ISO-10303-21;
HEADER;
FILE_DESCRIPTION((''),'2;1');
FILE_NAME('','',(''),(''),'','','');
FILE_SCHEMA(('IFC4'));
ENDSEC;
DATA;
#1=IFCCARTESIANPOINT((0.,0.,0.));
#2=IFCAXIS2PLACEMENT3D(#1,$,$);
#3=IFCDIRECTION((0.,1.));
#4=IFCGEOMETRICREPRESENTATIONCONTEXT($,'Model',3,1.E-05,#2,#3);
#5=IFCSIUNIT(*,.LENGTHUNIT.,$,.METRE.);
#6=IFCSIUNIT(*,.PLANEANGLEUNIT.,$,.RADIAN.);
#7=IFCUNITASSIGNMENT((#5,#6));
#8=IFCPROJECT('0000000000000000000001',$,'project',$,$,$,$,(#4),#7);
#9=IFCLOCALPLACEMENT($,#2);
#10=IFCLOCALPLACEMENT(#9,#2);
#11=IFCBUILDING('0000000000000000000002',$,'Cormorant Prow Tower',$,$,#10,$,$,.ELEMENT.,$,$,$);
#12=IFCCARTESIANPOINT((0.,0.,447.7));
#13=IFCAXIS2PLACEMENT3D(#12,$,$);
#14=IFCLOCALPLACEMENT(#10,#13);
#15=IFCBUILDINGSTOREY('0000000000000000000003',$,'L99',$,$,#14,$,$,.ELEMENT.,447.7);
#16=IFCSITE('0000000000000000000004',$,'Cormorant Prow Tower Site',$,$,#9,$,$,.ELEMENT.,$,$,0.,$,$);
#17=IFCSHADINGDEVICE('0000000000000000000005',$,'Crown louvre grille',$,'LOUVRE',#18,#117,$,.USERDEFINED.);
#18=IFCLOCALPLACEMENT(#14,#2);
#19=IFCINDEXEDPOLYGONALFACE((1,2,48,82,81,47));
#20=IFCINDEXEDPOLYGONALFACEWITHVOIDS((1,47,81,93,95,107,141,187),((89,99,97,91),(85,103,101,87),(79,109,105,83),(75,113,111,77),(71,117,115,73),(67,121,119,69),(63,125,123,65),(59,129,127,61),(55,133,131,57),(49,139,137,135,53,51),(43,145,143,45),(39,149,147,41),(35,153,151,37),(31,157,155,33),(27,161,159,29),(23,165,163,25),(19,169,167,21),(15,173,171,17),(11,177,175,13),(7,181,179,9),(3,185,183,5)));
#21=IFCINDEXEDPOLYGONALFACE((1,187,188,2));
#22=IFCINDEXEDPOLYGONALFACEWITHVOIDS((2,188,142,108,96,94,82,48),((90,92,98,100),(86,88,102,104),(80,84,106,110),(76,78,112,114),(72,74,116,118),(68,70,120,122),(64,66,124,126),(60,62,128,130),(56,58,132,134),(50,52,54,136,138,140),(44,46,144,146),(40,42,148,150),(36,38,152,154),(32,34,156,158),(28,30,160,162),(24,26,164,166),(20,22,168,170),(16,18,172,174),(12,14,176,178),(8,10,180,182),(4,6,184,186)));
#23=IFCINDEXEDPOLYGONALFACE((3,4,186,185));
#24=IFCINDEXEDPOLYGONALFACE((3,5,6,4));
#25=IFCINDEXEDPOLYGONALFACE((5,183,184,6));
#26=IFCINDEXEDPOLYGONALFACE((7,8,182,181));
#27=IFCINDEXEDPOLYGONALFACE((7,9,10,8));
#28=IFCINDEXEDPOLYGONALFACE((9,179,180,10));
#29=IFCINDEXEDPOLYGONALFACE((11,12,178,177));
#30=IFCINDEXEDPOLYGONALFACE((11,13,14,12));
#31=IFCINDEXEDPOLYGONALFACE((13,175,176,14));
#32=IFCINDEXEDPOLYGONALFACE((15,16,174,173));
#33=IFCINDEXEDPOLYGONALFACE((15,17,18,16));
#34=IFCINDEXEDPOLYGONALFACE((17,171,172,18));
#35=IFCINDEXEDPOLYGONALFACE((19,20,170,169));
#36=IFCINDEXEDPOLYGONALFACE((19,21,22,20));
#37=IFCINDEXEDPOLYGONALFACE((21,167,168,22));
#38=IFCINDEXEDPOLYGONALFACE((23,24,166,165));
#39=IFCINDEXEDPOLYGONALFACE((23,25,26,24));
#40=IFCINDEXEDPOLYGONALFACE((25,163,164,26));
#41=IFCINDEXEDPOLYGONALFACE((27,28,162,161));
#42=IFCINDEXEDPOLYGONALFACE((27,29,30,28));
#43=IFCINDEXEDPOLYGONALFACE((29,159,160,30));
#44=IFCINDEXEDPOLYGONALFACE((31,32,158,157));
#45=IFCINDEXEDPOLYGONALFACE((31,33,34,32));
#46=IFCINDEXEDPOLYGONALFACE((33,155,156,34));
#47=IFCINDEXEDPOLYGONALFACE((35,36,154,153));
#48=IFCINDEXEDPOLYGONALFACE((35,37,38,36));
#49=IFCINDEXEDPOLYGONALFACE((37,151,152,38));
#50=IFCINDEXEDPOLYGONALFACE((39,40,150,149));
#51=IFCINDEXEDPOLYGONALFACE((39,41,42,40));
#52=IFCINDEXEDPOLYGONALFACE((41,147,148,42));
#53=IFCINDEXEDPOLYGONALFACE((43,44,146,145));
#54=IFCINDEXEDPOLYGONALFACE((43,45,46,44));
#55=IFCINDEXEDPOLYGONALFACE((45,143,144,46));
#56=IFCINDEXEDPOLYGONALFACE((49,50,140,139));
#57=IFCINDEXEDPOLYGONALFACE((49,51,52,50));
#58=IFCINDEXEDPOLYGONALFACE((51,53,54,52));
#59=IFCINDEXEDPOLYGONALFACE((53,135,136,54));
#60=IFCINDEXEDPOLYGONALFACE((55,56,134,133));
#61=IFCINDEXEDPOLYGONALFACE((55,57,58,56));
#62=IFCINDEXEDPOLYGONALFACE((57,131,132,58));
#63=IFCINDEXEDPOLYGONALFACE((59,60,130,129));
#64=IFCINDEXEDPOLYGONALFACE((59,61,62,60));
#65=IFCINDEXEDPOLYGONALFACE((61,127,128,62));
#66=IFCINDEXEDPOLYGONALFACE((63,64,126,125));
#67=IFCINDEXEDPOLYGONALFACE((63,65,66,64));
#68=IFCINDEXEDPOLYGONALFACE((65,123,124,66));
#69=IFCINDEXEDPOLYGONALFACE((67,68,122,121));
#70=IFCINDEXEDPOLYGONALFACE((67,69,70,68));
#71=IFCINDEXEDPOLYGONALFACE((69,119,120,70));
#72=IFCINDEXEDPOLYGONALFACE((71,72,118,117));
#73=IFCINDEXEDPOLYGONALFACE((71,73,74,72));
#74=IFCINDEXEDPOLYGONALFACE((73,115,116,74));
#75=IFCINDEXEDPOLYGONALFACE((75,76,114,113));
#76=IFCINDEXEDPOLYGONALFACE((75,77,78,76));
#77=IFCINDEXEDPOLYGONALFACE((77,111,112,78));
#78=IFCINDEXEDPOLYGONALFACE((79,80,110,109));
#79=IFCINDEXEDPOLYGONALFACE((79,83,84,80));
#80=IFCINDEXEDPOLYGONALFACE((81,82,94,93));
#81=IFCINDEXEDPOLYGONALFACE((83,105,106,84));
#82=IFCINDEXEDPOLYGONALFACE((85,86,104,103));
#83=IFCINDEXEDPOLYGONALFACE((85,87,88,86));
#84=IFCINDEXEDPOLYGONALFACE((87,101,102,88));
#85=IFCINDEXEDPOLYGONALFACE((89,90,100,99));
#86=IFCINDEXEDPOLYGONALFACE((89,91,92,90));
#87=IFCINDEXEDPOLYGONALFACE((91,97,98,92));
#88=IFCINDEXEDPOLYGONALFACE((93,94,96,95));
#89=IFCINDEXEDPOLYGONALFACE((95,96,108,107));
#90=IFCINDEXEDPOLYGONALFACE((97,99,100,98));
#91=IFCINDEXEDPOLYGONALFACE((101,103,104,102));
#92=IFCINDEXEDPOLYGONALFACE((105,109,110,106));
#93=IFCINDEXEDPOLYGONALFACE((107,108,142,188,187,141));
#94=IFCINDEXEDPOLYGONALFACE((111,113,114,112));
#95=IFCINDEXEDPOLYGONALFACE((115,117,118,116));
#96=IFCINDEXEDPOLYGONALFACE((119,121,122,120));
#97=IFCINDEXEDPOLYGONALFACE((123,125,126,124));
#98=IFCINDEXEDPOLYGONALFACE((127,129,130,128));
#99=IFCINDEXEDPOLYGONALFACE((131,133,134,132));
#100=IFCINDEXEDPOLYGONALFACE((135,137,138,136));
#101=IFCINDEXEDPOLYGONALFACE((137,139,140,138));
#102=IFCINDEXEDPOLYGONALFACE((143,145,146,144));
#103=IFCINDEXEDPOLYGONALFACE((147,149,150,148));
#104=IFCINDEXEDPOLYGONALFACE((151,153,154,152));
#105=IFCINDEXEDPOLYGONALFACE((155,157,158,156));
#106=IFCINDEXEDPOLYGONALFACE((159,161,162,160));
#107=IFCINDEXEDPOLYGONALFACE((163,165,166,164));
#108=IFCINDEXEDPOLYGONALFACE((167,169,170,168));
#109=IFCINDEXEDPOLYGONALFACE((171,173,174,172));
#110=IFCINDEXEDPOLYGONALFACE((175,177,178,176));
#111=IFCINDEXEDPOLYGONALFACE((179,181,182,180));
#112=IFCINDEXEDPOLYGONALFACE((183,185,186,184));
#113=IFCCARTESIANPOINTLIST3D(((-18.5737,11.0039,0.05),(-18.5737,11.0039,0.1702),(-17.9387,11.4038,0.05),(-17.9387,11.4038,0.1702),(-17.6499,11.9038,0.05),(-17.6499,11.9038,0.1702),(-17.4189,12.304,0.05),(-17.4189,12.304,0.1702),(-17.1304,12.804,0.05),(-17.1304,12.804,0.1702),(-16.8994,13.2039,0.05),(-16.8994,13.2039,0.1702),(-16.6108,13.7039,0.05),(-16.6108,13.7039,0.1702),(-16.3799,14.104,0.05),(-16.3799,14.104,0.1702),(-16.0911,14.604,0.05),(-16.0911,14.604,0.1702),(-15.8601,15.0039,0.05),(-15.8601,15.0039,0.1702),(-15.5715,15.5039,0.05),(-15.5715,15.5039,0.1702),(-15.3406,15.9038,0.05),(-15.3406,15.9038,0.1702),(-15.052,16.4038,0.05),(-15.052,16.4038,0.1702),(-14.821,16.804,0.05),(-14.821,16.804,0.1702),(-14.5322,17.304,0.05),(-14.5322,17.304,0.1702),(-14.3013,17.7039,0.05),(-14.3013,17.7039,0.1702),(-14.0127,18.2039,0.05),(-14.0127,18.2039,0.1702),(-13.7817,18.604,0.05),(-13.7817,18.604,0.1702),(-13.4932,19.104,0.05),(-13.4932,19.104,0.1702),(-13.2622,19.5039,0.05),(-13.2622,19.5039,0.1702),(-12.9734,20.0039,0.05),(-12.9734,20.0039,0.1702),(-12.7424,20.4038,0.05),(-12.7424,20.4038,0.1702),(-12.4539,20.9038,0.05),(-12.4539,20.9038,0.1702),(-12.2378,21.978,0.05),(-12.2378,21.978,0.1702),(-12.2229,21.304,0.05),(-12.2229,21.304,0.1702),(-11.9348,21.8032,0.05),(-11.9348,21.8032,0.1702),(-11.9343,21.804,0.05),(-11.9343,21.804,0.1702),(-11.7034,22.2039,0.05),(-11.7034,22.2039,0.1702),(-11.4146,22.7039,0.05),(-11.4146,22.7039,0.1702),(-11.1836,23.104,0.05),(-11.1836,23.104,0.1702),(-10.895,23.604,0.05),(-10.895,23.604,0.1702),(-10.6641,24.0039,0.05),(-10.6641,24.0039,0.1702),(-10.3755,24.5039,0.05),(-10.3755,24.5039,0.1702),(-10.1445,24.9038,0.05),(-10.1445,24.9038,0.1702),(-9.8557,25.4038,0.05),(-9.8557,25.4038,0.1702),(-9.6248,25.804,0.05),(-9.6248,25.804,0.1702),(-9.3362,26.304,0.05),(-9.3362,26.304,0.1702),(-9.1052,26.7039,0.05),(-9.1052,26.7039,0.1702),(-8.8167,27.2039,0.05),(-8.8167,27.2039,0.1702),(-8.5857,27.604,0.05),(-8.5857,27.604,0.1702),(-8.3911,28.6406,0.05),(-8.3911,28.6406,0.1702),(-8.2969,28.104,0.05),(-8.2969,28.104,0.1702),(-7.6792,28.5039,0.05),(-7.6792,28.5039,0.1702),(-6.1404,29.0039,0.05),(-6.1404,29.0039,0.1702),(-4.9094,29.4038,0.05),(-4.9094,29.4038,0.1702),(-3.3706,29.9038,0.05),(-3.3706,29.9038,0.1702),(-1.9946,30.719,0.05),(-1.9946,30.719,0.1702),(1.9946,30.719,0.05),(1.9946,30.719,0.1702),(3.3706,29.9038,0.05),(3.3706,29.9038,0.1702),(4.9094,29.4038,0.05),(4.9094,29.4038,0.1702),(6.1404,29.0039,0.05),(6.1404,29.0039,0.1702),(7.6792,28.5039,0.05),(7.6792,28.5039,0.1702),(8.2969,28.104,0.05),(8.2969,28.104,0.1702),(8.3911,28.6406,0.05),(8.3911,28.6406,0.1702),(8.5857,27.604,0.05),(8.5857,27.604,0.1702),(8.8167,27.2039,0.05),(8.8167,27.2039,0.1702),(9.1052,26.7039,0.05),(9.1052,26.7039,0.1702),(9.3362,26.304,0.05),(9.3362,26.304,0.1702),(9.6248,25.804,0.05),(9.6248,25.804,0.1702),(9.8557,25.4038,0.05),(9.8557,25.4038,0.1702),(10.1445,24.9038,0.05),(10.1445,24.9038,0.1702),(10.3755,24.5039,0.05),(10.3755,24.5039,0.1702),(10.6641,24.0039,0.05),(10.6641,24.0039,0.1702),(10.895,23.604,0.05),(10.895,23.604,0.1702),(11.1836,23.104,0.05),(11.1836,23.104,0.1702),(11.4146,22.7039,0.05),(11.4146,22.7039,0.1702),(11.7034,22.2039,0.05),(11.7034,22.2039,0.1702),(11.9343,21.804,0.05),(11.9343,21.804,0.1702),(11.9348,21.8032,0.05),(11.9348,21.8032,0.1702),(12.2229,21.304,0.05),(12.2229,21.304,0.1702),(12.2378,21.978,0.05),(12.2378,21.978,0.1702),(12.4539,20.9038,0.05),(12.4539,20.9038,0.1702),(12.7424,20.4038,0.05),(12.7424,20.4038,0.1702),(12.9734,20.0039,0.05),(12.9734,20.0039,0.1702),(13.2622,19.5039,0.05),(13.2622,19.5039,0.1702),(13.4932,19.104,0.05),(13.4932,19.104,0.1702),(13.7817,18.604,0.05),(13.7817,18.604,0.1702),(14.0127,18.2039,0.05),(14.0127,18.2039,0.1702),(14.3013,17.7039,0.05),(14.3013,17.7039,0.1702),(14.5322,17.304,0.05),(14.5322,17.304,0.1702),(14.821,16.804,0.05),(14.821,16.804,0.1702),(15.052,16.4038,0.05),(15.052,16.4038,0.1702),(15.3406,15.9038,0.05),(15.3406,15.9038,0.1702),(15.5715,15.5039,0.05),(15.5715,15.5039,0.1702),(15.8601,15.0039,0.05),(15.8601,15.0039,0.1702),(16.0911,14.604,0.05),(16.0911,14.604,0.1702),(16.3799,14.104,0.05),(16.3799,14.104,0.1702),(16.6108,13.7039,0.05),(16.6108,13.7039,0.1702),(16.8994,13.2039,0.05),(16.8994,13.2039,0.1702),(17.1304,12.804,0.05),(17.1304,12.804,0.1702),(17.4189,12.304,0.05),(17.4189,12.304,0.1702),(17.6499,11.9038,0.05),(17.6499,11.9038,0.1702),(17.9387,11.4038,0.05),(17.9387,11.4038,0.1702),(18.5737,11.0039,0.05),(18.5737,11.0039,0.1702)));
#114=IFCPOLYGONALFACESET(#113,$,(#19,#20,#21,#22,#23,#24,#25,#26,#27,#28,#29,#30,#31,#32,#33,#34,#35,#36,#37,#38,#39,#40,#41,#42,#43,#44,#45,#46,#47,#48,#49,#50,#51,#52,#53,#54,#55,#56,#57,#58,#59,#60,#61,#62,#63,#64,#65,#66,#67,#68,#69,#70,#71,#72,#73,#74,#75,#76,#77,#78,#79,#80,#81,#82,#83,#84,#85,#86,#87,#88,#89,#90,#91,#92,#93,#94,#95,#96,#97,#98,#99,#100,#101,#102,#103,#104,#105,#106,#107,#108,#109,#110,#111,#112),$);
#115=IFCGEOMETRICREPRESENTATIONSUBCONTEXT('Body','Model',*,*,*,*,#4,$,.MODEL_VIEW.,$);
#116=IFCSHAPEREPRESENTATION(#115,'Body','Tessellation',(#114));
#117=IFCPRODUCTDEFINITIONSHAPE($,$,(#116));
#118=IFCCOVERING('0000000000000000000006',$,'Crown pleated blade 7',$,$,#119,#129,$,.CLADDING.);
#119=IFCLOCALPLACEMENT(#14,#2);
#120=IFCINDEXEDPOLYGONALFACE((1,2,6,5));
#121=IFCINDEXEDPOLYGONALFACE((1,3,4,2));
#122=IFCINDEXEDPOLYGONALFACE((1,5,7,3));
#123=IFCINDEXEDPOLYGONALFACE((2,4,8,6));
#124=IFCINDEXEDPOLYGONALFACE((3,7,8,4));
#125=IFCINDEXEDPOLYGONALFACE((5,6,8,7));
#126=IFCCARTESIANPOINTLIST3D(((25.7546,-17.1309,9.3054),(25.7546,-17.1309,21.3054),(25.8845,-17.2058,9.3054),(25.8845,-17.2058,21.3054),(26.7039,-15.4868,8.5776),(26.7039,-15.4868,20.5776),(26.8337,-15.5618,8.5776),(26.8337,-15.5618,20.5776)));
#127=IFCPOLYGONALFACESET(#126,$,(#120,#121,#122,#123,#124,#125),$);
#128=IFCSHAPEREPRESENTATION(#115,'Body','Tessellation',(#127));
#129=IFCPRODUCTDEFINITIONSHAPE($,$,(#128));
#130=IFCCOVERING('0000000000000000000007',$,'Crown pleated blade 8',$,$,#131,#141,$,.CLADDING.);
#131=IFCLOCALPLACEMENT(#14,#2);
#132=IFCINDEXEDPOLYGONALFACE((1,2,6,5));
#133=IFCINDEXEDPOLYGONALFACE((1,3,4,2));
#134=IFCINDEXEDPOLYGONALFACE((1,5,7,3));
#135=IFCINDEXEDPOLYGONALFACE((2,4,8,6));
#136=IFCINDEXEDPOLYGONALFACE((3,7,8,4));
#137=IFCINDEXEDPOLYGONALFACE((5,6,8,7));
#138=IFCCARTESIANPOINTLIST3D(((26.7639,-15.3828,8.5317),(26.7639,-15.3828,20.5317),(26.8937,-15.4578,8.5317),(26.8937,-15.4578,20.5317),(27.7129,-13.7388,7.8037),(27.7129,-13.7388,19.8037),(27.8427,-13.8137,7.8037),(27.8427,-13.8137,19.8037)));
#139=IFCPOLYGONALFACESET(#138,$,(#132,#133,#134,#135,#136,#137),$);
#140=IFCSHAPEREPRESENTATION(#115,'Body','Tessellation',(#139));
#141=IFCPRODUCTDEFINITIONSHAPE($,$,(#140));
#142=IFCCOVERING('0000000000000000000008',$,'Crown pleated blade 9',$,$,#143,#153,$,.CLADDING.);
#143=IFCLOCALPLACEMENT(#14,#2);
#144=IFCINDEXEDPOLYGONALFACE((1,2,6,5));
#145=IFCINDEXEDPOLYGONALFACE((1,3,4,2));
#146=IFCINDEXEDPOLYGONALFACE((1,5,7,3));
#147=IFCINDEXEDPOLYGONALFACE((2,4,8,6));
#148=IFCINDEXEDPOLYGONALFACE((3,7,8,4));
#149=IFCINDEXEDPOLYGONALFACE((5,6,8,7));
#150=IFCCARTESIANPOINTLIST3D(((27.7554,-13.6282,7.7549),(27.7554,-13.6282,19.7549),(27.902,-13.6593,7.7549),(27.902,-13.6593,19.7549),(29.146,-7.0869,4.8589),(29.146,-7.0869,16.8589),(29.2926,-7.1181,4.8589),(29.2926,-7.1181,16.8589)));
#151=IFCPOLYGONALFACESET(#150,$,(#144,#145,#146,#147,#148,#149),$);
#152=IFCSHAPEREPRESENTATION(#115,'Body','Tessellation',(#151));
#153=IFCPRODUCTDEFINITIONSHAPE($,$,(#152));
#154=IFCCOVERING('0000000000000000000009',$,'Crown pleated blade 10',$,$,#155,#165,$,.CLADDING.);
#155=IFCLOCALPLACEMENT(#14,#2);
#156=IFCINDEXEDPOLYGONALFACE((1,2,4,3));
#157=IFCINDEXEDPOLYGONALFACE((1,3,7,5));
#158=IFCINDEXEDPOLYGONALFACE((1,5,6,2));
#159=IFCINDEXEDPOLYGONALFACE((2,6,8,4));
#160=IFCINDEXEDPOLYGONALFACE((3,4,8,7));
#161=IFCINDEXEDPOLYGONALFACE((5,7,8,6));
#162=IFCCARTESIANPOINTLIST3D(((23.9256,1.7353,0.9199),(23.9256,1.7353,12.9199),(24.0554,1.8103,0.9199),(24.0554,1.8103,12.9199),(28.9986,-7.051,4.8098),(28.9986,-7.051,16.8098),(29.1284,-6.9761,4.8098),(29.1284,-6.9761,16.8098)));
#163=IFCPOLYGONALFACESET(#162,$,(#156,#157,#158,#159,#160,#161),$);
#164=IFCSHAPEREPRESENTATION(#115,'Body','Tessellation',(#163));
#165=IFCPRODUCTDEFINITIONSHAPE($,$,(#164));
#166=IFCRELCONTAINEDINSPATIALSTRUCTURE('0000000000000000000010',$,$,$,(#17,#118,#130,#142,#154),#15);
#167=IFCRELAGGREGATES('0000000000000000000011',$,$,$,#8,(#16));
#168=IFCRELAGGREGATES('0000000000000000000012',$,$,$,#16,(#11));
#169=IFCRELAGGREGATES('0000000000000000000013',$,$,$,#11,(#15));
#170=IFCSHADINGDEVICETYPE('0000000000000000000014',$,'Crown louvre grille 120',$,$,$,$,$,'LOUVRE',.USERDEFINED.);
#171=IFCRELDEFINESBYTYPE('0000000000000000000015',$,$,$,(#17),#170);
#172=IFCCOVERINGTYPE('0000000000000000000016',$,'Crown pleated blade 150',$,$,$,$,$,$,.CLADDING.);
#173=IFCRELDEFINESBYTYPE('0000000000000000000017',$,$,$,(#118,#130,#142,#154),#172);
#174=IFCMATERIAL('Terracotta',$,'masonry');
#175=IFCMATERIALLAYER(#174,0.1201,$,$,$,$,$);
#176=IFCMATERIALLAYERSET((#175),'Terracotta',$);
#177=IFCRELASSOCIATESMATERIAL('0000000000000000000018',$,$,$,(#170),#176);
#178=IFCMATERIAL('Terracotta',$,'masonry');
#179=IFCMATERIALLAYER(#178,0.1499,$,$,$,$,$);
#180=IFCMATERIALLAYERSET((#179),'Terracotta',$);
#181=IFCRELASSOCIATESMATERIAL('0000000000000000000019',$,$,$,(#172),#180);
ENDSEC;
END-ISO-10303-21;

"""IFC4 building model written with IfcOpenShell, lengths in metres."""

from ifc_helpers import new_model, si_unit, direction, frame, origin, place, context, subcontext, project, spatial, polyline, outline, extrude, material, layer, layer_set, type_object, element, save


model = new_model("IFC4")

# Units and contexts
model_context = context("Model", 3, precision=1e-05, world=origin(), true_north=direction((0.0, 1.0)))
body_context = subcontext(model_context, "Body", "Model", "MODEL_VIEW")
ifc_project = project(units=[si_unit("LENGTHUNIT", "METRE"), si_unit("PLANEANGLEUNIT", "RADIAN")], contexts=[model_context])

# Site, building, storey
site_placement = place(None, origin())
site = spatial("IfcSite", under=ifc_project, at=site_placement, Name="Cormorant Prow Tower Site", CompositionType="ELEMENT", RefElevation=0.0)
building_placement = place(site_placement, origin())
building = spatial("IfcBuilding", under=site, at=building_placement, Name="Cormorant Prow Tower", CompositionType="ELEMENT")
storey_placement = place(building_placement, frame((0.0, 0.0, 447.7)))
storey = spatial("IfcBuildingStorey", under=building, at=storey_placement, Name="L99", CompositionType="ELEMENT", Elevation=447.7)

# Shading device
ifc_material_1 = material(Name="Terracotta", Category="masonry")
ifc_layer_1 = layer(ifc_material_1, 0.1201)
ifc_layer_set_1 = layer_set([ifc_layer_1], Name="Terracotta")
shading_device_type = type_object("IfcShadingDeviceType", Name="Crown louvre grille 120", ElementType="LOUVRE", PredefinedType="USERDEFINED", material=ifc_layer_set_1)
shading_device_placement = place(storey_placement, frame((0.0, 0.0, 0.05)))
element("IfcShadingDevice", 1, at=shading_device_placement, inside=storey, type_object=shading_device_type, Name="Crown louvre grille", ObjectType="LOUVRE", PredefinedType="USERDEFINED", context=body_context, shape_type="SweptSolid", body=[
    extrude(outline(polyline([(-1.9946, 30.719), (1.9946, 30.719), (8.3911, 28.6406), (12.2378, 21.978), (18.5737, 11.0039), (-18.5737, 11.0039), (-12.2378, 21.978), (-8.3911, 28.6406), (-1.9946, 30.719)]), holes=[polyline([(17.9387, 11.4038), (-17.9387, 11.4038), (-17.6499, 11.9038), (17.6499, 11.9038), (17.9387, 11.4038)]), polyline([(17.4189, 12.304), (-17.4189, 12.304), (-17.1304, 12.804), (17.1304, 12.804), (17.4189, 12.304)]), polyline([(16.8994, 13.2039), (-16.8994, 13.2039), (-16.6108, 13.7039), (16.6108, 13.7039), (16.8994, 13.2039)]), polyline([(16.3799, 14.104), (-16.3799, 14.104), (-16.0911, 14.604), (16.0911, 14.604), (16.3799, 14.104)]), polyline([(15.8601, 15.0039), (-15.8601, 15.0039), (-15.5715, 15.5039), (15.5715, 15.5039), (15.8601, 15.0039)]), polyline([(15.3406, 15.9038), (-15.3406, 15.9038), (-15.052, 16.4038), (15.052, 16.4038), (15.3406, 15.9038)]), polyline([(14.821, 16.804), (-14.821, 16.804), (-14.5322, 17.304), (14.5322, 17.304), (14.821, 16.804)]), polyline([(14.3013, 17.7039), (-14.3013, 17.7039), (-14.0127, 18.2039), (14.0127, 18.2039), (14.3013, 17.7039)]), polyline([(13.7817, 18.604), (-13.7817, 18.604), (-13.4932, 19.104), (13.4932, 19.104), (13.7817, 18.604)]), polyline([(13.2622, 19.5039), (-13.2622, 19.5039), (-12.9734, 20.0039), (12.9734, 20.0039), (13.2622, 19.5039)]), polyline([(12.7424, 20.4038), (-12.7424, 20.4038), (-12.4539, 20.9038), (12.4539, 20.9038), (12.7424, 20.4038)]), polyline([(11.9348, 21.8032), (12.2229, 21.304), (-12.2229, 21.304), (-11.9348, 21.8032), (-11.9343, 21.804), (11.9343, 21.804), (11.9348, 21.8032)]), polyline([(11.7034, 22.2039), (-11.7034, 22.2039), (-11.4146, 22.7039), (11.4146, 22.7039), (11.7034, 22.2039)]), polyline([(11.1836, 23.104), (-11.1836, 23.104), (-10.895, 23.604), (10.895, 23.604), (11.1836, 23.104)]), polyline([(10.6641, 24.0039), (-10.6641, 24.0039), (-10.3755, 24.5039), (10.3755, 24.5039), (10.6641, 24.0039)]), polyline([(10.1445, 24.9038), (-10.1445, 24.9038), (-9.8557, 25.4038), (9.8557, 25.4038), (10.1445, 24.9038)]), polyline([(9.6248, 25.804), (-9.6248, 25.804), (-9.3362, 26.304), (9.3362, 26.304), (9.6248, 25.804)]), polyline([(9.1052, 26.7039), (-9.1052, 26.7039), (-8.8167, 27.2039), (8.8167, 27.2039), (9.1052, 26.7039)]), polyline([(8.5857, 27.604), (-8.5857, 27.604), (-8.2969, 28.104), (8.2969, 28.104), (8.5857, 27.604)]), polyline([(7.6792, 28.5039), (-7.6792, 28.5039), (-6.1404, 29.0039), (6.1404, 29.0039), (7.6792, 28.5039)]), polyline([(4.9094, 29.4038), (-4.9094, 29.4038), (-3.3706, 29.9038), (3.3706, 29.9038), (4.9094, 29.4038)])]), origin(), (0.0, 0.0, 1.0), 0.1201),
])

# Coverings
ifc_material_2 = material(Name="Terracotta", Category="masonry")
ifc_layer_2 = layer(ifc_material_2, 0.1499)
ifc_layer_set_2 = layer_set([ifc_layer_2], Name="Terracotta")
covering_type = type_object("IfcCoveringType", Name="Crown pleated blade 150", PredefinedType="CLADDING", material=ifc_layer_set_2)
covering_1_placement = place(storey_placement, frame((26.7039, -15.4868, 8.5776), z_axis=(-0.866019, 0.500012, 0.0), x_axis=(-0.466879, -0.808632, 0.357964)))
element("IfcCovering", 2, at=covering_1_placement, inside=storey, type_object=covering_type, Name="Crown pleated blade 7", PredefinedType="CLADDING", context=body_context, shape_type="SweptSolid", body=[
    extrude(outline(polyline([(0.0, 0.0), (2.0331, 0.0), (6.3287, 11.2048), (4.2956, 11.2048), (0.0, 0.0)])), origin(), (0.0, 0.0, -1.0), 0.1499),
])
covering_2_placement = place(storey_placement, frame((27.7129, -13.7388, 7.8037), z_axis=(-0.866074, 0.499915, 0.0), x_axis=(-0.466765, -0.808643, 0.358089)))
element("IfcCovering", 3, at=covering_2_placement, inside=storey, type_object=covering_type, Name="Crown pleated blade 8", PredefinedType="CLADDING", context=body_context, shape_type="SweptSolid", body=[
    extrude(outline(polyline([(0.0, 0.0), (2.0331, 0.0), (6.3302, 11.2042), (4.2971, 11.2042), (0.0, 0.0)])), origin(), (0.0, 0.0, -1.0), 0.1499),
])
covering_3_placement = place(storey_placement, frame((29.146, -7.0869, 4.8589), z_axis=(-0.97814, 0.207946, 0.0), x_axis=(-0.190821, -0.897591, 0.397388)))
element("IfcCovering", 4, at=covering_3_placement, inside=storey, type_object=covering_type, Name="Crown pleated blade 9", PredefinedType="CLADDING", context=body_context, shape_type="SweptSolid", body=[
    extrude(outline(polyline([(0.0, 0.0), (7.2876, 0.0), (12.0562, 11.0118), (4.7687, 11.0118), (0.0, 0.0)])), origin(), (0.0, 0.0, -1.0), 0.1499),
])
covering_4_placement = place(storey_placement, frame((29.1284, -6.9761, 4.8098), z_axis=(0.866018, 0.500013, 0.0), x_axis=(-0.466875, 0.808622, -0.357992)))
element("IfcCovering", 5, at=covering_4_placement, inside=storey, type_object=covering_type, Name="Crown pleated blade 10", PredefinedType="CLADDING", context=body_context, shape_type="SweptSolid", body=[
    extrude(outline(polyline([(0.0, 0.0), (10.8659, 0.0), (6.57, 11.2047), (-4.2959, 11.2047), (0.0, 0.0)])), origin(), (0.0, 0.0, -1.0), 0.1499),
])

save(model, "model.ifc")
